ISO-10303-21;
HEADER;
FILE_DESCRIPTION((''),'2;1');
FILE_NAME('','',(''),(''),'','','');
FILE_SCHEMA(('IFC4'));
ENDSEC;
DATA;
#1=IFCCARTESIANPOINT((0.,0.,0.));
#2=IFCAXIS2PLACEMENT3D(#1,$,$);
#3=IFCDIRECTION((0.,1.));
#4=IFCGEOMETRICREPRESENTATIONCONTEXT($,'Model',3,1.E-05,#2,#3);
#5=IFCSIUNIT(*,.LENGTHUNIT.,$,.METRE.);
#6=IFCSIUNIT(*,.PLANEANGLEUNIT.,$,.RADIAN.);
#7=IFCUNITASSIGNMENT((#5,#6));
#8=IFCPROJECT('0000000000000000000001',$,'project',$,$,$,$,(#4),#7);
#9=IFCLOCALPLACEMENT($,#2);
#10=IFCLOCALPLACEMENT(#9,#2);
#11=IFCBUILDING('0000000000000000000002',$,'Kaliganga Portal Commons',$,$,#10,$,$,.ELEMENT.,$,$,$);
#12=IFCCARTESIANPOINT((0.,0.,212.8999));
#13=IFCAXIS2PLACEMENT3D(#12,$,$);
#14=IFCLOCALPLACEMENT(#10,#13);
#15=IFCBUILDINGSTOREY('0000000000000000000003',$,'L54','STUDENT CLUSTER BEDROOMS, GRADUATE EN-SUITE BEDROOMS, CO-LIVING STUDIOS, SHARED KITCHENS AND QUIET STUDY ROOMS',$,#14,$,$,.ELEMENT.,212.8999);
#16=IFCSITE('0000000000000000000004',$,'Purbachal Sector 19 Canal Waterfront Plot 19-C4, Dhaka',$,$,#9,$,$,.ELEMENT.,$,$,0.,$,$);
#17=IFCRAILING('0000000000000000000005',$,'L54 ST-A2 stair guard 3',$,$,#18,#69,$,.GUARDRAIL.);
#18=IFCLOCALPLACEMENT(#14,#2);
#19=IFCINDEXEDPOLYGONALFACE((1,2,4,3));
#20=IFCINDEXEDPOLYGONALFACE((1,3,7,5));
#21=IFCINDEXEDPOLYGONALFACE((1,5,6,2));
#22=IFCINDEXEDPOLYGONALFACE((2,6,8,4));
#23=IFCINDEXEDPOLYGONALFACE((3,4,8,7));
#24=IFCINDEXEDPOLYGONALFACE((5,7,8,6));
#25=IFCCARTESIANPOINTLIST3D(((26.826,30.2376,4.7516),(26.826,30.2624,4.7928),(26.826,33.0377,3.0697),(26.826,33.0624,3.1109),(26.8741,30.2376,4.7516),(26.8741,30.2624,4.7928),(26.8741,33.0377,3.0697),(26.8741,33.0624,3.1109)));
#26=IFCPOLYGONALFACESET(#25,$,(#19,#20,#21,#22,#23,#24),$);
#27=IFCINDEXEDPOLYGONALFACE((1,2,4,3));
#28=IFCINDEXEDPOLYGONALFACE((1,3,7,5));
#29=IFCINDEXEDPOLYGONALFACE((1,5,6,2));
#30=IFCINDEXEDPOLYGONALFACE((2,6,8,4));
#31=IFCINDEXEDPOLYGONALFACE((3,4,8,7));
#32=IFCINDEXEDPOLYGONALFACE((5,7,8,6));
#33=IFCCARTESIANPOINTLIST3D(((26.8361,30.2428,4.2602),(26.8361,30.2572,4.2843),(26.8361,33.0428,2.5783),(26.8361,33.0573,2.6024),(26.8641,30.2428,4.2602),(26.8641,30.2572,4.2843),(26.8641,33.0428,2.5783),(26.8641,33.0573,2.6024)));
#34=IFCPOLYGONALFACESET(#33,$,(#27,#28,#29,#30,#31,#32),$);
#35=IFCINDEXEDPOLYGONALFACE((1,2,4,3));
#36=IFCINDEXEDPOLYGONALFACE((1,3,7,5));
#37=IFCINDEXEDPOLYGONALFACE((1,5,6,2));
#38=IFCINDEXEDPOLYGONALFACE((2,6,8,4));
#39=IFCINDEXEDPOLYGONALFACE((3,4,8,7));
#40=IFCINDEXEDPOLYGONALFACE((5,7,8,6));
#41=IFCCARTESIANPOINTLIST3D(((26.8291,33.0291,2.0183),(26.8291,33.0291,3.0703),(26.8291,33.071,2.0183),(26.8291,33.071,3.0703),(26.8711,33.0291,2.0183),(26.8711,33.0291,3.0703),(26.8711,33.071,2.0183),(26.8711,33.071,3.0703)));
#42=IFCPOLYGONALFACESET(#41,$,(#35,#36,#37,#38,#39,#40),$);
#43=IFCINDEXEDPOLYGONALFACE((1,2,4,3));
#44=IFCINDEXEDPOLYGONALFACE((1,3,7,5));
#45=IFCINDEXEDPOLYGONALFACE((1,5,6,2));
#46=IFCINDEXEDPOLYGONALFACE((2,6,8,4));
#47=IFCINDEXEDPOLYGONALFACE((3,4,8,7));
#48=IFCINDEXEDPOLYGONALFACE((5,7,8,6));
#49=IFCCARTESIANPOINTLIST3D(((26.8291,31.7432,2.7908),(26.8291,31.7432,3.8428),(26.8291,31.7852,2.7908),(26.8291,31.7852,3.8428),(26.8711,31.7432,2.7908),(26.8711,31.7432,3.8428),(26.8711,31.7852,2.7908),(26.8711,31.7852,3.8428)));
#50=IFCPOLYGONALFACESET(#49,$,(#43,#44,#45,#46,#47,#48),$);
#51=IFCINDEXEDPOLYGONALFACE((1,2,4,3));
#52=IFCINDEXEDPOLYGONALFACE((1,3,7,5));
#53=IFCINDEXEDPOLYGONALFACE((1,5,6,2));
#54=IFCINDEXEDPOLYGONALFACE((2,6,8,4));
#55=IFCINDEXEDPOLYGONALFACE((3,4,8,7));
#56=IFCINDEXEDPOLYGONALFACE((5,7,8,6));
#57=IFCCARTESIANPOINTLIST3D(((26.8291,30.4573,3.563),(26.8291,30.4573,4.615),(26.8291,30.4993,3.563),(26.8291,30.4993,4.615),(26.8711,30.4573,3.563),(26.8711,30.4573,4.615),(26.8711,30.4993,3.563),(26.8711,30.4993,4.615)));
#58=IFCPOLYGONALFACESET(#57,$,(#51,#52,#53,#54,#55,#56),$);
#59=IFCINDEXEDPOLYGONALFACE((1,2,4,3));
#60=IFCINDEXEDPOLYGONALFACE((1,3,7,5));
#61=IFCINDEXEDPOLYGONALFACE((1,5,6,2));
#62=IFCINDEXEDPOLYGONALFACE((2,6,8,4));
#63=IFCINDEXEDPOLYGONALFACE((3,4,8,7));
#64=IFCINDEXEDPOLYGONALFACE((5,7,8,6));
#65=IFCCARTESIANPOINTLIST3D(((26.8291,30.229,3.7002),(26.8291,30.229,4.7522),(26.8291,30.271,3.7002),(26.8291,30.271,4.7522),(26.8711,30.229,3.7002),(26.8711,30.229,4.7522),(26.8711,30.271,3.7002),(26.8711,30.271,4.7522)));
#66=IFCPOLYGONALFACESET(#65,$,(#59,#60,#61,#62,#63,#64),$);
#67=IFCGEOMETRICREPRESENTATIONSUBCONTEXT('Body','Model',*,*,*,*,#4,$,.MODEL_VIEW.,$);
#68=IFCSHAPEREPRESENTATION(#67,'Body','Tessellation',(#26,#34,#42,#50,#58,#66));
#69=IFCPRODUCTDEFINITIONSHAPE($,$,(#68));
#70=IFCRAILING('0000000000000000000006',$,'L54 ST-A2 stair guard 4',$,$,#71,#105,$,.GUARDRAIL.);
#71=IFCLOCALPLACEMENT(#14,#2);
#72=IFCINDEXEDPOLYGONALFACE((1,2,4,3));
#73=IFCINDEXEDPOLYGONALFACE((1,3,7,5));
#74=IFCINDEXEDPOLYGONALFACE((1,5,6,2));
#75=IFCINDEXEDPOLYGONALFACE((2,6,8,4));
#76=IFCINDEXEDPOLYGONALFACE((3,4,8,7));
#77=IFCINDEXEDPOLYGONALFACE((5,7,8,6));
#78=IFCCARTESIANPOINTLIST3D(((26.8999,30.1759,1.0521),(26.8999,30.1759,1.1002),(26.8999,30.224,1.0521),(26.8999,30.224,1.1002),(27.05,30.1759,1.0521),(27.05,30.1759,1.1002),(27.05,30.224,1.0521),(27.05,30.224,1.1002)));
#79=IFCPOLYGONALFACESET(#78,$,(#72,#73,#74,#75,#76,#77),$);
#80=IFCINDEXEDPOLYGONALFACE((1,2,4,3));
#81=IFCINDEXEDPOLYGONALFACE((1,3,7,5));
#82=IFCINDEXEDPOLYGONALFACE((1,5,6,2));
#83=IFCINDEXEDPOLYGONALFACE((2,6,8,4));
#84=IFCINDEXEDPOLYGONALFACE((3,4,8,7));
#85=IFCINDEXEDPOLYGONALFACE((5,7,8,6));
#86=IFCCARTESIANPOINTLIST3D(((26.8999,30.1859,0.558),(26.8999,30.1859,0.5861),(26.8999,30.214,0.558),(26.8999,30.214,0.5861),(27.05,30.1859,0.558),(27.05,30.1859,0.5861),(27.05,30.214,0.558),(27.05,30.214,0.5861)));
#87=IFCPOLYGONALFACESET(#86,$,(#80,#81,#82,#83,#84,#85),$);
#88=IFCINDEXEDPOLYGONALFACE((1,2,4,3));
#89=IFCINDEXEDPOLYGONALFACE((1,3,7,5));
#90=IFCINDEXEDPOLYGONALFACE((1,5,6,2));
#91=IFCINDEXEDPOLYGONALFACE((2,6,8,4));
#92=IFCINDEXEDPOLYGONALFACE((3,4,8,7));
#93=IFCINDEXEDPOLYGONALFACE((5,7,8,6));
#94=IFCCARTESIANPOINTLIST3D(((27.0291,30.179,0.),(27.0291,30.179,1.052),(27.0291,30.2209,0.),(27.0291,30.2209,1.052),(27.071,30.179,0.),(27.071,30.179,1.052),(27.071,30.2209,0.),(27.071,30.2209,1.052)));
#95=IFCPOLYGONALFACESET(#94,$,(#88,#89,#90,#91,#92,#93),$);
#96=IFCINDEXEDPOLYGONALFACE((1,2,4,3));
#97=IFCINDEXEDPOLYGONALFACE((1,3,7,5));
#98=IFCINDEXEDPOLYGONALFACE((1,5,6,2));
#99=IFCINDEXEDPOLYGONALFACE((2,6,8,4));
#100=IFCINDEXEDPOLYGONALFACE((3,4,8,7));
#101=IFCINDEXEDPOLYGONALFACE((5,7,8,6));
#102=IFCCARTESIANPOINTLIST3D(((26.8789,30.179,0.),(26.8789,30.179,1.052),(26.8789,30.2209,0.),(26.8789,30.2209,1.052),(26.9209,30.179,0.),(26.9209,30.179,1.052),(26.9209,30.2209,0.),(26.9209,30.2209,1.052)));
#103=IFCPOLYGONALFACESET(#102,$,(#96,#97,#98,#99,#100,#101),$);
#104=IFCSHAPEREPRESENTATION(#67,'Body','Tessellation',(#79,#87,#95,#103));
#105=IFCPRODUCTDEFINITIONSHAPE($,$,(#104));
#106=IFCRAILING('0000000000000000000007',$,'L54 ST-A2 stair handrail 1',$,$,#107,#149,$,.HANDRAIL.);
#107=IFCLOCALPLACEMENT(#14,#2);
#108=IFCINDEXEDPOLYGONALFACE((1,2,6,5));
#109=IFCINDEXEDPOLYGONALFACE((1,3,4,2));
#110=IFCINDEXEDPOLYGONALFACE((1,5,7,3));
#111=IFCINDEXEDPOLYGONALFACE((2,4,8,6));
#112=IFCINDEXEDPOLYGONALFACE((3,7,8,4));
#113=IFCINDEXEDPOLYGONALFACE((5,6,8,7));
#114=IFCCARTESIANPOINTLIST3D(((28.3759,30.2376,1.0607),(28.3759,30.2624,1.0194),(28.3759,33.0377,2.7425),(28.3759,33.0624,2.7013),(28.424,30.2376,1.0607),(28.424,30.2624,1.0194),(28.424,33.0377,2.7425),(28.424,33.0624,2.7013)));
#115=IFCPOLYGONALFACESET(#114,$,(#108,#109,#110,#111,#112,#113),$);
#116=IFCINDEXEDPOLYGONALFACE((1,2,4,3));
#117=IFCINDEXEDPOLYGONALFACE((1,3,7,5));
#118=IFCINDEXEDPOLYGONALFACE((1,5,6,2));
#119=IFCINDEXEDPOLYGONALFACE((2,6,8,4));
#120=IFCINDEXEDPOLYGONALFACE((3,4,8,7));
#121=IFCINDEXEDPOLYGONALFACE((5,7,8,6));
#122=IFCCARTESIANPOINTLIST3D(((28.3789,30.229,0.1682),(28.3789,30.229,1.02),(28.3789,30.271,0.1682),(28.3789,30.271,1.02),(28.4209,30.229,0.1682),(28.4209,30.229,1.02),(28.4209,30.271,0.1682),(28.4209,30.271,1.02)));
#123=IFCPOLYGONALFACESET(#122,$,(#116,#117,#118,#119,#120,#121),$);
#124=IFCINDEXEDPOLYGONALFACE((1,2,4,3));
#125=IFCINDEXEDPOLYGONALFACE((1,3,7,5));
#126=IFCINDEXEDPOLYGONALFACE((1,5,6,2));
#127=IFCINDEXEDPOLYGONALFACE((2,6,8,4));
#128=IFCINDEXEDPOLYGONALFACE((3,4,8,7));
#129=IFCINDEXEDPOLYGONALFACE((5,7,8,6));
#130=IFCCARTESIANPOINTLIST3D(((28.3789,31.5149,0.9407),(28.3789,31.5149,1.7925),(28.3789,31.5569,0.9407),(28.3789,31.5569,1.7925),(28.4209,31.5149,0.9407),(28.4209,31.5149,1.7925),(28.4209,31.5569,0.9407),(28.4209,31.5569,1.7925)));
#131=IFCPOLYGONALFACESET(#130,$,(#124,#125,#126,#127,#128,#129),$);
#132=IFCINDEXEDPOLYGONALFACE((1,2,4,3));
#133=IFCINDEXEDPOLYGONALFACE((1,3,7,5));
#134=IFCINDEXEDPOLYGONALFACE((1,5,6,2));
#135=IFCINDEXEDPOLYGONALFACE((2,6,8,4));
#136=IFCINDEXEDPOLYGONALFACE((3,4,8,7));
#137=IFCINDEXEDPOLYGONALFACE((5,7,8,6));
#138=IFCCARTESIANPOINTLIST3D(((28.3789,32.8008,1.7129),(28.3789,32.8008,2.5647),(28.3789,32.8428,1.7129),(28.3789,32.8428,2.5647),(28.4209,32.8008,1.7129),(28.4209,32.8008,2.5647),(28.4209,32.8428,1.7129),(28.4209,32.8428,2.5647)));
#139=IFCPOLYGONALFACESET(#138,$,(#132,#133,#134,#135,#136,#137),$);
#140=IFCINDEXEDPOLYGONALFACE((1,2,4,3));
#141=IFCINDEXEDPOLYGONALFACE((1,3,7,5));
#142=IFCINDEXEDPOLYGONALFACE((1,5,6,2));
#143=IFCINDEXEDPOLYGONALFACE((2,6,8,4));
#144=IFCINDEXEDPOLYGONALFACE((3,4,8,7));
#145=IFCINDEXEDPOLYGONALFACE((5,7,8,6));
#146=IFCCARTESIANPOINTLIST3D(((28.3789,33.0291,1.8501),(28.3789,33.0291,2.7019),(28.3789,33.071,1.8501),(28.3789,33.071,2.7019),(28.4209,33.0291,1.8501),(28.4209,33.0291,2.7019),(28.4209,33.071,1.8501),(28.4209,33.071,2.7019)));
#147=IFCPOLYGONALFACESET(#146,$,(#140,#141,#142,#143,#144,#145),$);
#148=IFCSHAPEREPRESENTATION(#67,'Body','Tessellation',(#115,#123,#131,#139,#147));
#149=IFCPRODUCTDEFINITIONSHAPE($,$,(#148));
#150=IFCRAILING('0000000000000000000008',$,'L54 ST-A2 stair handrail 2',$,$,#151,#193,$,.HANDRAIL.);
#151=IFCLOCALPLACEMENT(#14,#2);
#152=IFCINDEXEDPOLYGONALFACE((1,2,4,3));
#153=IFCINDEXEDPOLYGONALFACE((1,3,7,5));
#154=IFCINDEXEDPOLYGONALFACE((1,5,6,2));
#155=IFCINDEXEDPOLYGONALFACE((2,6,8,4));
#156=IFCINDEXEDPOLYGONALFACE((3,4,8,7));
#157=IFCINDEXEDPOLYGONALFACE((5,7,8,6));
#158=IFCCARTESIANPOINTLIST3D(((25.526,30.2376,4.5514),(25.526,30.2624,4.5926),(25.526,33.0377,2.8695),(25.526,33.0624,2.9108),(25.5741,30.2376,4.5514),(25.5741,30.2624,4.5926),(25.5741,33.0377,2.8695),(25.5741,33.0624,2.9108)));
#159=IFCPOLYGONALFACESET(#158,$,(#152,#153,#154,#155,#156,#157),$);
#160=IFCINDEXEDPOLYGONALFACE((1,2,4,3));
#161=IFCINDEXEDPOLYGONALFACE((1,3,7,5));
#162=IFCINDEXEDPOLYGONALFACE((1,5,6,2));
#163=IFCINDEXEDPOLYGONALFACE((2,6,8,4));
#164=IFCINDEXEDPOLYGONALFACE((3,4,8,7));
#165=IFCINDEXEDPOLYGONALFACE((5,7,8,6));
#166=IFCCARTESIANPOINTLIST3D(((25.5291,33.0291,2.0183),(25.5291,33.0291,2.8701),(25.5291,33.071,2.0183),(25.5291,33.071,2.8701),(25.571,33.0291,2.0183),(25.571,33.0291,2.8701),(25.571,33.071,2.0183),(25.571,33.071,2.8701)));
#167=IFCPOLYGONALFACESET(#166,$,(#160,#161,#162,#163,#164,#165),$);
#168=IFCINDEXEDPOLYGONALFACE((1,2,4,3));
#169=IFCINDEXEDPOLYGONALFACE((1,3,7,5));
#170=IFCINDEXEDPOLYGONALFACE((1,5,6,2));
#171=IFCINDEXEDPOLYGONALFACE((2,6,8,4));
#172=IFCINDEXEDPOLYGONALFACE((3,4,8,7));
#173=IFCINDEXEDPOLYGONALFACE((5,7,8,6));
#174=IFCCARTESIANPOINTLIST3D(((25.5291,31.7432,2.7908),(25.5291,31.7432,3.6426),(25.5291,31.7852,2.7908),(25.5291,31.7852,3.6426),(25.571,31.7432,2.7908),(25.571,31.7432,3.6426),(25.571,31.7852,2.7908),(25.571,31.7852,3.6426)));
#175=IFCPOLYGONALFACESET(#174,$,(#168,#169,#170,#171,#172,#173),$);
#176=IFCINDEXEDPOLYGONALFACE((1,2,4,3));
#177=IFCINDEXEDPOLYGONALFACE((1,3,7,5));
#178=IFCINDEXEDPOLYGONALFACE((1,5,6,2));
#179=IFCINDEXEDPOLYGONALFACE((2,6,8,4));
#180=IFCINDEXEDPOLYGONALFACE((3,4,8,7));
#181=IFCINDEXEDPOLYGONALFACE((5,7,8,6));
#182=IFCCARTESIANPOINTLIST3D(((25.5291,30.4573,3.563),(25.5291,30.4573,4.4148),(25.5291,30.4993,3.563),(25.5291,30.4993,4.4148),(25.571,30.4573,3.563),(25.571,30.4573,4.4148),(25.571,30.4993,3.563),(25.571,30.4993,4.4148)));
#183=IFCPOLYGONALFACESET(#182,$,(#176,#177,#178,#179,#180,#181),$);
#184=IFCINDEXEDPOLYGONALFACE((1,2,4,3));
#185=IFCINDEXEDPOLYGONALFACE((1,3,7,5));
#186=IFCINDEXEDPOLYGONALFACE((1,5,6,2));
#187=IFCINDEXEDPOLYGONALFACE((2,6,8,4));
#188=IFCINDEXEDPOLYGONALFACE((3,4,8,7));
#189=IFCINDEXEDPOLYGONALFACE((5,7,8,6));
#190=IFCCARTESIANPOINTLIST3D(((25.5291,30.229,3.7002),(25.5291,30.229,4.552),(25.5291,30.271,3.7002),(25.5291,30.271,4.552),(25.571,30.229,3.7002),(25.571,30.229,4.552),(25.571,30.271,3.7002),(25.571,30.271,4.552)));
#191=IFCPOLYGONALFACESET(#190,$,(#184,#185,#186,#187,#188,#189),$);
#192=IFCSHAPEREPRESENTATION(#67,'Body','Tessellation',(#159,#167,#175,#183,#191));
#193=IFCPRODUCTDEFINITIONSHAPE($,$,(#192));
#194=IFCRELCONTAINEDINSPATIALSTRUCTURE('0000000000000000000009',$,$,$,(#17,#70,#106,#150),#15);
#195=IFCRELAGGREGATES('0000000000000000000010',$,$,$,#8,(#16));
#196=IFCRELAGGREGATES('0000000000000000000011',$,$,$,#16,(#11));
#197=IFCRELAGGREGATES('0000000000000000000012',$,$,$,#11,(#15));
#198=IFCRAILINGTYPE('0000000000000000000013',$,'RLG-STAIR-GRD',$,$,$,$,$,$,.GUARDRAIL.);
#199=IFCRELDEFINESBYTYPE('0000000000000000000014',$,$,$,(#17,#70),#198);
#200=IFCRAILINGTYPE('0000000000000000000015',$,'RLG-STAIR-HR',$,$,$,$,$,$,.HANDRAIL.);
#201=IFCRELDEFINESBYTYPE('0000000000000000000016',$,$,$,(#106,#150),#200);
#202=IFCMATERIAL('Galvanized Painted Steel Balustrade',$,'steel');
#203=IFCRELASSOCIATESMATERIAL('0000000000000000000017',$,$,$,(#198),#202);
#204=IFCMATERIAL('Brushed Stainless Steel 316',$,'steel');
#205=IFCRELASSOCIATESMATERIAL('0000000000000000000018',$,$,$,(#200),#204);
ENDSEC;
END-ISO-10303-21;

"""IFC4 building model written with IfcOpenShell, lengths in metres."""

from ifc_helpers import new_model, si_unit, direction, frame, origin, origin_2d, place, context, subcontext, project, spatial, rectangle, extrude, material, type_object, element, save


model = new_model("IFC4")

# Units and contexts
model_context = context("Model", 3, precision=1e-05, world=origin(), true_north=direction((0.0, 1.0)))
body_context = subcontext(model_context, "Body", "Model", "MODEL_VIEW")
ifc_project = project(units=[si_unit("LENGTHUNIT", "METRE"), si_unit("PLANEANGLEUNIT", "RADIAN")], contexts=[model_context])

# Site, building, storey
site_placement = place(None, origin())
site = spatial("IfcSite", under=ifc_project, at=site_placement, Name="Purbachal Sector 19 Canal Waterfront Plot 19-C4, Dhaka", CompositionType="ELEMENT", RefElevation=0.0)
building_placement = place(site_placement, origin())
building = spatial("IfcBuilding", under=site, at=building_placement, Name="Kaliganga Portal Commons", CompositionType="ELEMENT")
storey_placement = place(building_placement, frame((0.0, 0.0, 212.8999)))
storey = spatial("IfcBuildingStorey", under=building, at=storey_placement, Name="L54", Description="STUDENT CLUSTER BEDROOMS, GRADUATE EN-SUITE BEDROOMS, CO-LIVING STUDIOS, SHARED KITCHENS AND QUIET STUDY ROOMS", CompositionType="ELEMENT", Elevation=212.8999)

# Railings
ifc_material_1 = material(Name="Galvanized Painted Steel Balustrade", Category="steel")
railing_type_1 = type_object("IfcRailingType", Name="RLG-STAIR-GRD", PredefinedType="GUARDRAIL", material=ifc_material_1)
railing_1_placement = place(storey_placement, frame((26.8501, 33.05, 2.0183)))
element("IfcRailing", 1, at=railing_1_placement, inside=storey, type_object=railing_type_1, Name="L54 ST-A2 stair guard 3", PredefinedType="GUARDRAIL", context=body_context, shape_type="SweptSolid", body=[
    extrude(rectangle(XDim=0.0481, YDim=0.0481, at=origin_2d()), frame((0.0, 0.0, 1.072), z_axis=(0.0, -0.857242, 0.514913), x_axis=(1.0, 0.0, 0.0)), (0.0, 0.0, 1.0), 3.2664),
    extrude(rectangle(XDim=0.0281, YDim=0.0281, at=origin_2d()), frame((0.0, 0.0, 0.572), z_axis=(0.0, -0.857242, 0.514913), x_axis=(1.0, 0.0, 0.0)), (0.0, 0.0, 1.0), 3.2664),
    extrude(rectangle(XDim=0.042, YDim=0.042, at=origin_2d()), origin(), (0.0, 0.0, 1.0), 1.052),
    extrude(rectangle(XDim=0.042, YDim=0.042, at=origin_2d()), frame((0.0, -1.2859, 0.7725)), (0.0, 0.0, 1.0), 1.052),
    extrude(rectangle(XDim=0.042, YDim=0.042, at=origin_2d()), frame((0.0, -2.5718, 1.5447)), (0.0, 0.0, 1.0), 1.052),
    extrude(rectangle(XDim=0.042, YDim=0.042, at=origin_2d()), frame((0.0, -2.8, 1.6819)), (0.0, 0.0, 1.0), 1.052),
])
railing_2_placement = place(storey_placement, frame((27.05, 30.2, 0.0)))
element("IfcRailing", 2, at=railing_2_placement, inside=storey, type_object=railing_type_1, Name="L54 ST-A2 stair guard 4", PredefinedType="GUARDRAIL", context=body_context, shape_type="SweptSolid", body=[
    extrude(rectangle(XDim=0.0481, YDim=0.0481, at=origin_2d()), frame((0.0, 0.0, 1.0762), z_axis=(-1.0, 0.0, 0.0), x_axis=(0.0, -1.0, 0.0)), (0.0, 0.0, 1.0), 0.1501),
    extrude(rectangle(XDim=0.0281, YDim=0.0281, at=origin_2d()), frame((0.0, 0.0, 0.572), z_axis=(-1.0, 0.0, 0.0), x_axis=(0.0, -1.0, 0.0)), (0.0, 0.0, 1.0), 0.1501),
    extrude(rectangle(XDim=0.042, YDim=0.042, at=origin_2d()), origin(), (0.0, 0.0, 1.0), 1.052),
    extrude(rectangle(XDim=0.042, YDim=0.042, at=origin_2d()), frame((-0.1501, 0.0, 0.0)), (0.0, 0.0, 1.0), 1.052),
])
ifc_material_2 = material(Name="Brushed Stainless Steel 316", Category="steel")
railing_type_2 = type_object("IfcRailingType", Name="RLG-STAIR-HR", PredefinedType="HANDRAIL", material=ifc_material_2)
railing_3_placement = place(storey_placement, frame((28.3999, 30.25, 0.1682)))
element("IfcRailing", 3, at=railing_3_placement, inside=storey, type_object=railing_type_2, Name="L54 ST-A2 stair handrail 1", PredefinedType="HANDRAIL", context=body_context, shape_type="SweptSolid", body=[
    extrude(rectangle(XDim=0.0481, YDim=0.0481, at=origin_2d()), frame((0.0, 0.0, 0.8718), z_axis=(0.0, 0.857242, 0.514913), x_axis=(-1.0, 0.0, 0.0)), (0.0, 0.0, 1.0), 3.2664),
    extrude(rectangle(XDim=0.042, YDim=0.042, at=origin_2d()), origin(), (0.0, 0.0, 1.0), 0.8518),
    extrude(rectangle(XDim=0.042, YDim=0.042, at=origin_2d()), frame((0.0, 1.2859, 0.7725)), (0.0, 0.0, 1.0), 0.8518),
    extrude(rectangle(XDim=0.042, YDim=0.042, at=origin_2d()), frame((0.0, 2.5718, 1.5447)), (0.0, 0.0, 1.0), 0.8518),
    extrude(rectangle(XDim=0.042, YDim=0.042, at=origin_2d()), frame((0.0, 2.8, 1.6819)), (0.0, 0.0, 1.0), 0.8518),
])
railing_4_placement = place(storey_placement, frame((25.55, 33.05, 2.0183)))
element("IfcRailing", 4, at=railing_4_placement, inside=storey, type_object=railing_type_2, Name="L54 ST-A2 stair handrail 2", PredefinedType="HANDRAIL", context=body_context, shape_type="SweptSolid", body=[
    extrude(rectangle(XDim=0.0481, YDim=0.0481, at=origin_2d()), frame((0.0, 0.0, 0.8718), z_axis=(0.0, -0.857242, 0.514913), x_axis=(1.0, 0.0, 0.0)), (0.0, 0.0, 1.0), 3.2664),
    extrude(rectangle(XDim=0.042, YDim=0.042, at=origin_2d()), origin(), (0.0, 0.0, 1.0), 0.8518),
    extrude(rectangle(XDim=0.042, YDim=0.042, at=origin_2d()), frame((0.0, -1.2859, 0.7725)), (0.0, 0.0, 1.0), 0.8518),
    extrude(rectangle(XDim=0.042, YDim=0.042, at=origin_2d()), frame((0.0, -2.5718, 1.5447)), (0.0, 0.0, 1.0), 0.8518),
    extrude(rectangle(XDim=0.042, YDim=0.042, at=origin_2d()), frame((0.0, -2.8, 1.6819)), (0.0, 0.0, 1.0), 0.8518),
])

save(model, "model.ifc")
